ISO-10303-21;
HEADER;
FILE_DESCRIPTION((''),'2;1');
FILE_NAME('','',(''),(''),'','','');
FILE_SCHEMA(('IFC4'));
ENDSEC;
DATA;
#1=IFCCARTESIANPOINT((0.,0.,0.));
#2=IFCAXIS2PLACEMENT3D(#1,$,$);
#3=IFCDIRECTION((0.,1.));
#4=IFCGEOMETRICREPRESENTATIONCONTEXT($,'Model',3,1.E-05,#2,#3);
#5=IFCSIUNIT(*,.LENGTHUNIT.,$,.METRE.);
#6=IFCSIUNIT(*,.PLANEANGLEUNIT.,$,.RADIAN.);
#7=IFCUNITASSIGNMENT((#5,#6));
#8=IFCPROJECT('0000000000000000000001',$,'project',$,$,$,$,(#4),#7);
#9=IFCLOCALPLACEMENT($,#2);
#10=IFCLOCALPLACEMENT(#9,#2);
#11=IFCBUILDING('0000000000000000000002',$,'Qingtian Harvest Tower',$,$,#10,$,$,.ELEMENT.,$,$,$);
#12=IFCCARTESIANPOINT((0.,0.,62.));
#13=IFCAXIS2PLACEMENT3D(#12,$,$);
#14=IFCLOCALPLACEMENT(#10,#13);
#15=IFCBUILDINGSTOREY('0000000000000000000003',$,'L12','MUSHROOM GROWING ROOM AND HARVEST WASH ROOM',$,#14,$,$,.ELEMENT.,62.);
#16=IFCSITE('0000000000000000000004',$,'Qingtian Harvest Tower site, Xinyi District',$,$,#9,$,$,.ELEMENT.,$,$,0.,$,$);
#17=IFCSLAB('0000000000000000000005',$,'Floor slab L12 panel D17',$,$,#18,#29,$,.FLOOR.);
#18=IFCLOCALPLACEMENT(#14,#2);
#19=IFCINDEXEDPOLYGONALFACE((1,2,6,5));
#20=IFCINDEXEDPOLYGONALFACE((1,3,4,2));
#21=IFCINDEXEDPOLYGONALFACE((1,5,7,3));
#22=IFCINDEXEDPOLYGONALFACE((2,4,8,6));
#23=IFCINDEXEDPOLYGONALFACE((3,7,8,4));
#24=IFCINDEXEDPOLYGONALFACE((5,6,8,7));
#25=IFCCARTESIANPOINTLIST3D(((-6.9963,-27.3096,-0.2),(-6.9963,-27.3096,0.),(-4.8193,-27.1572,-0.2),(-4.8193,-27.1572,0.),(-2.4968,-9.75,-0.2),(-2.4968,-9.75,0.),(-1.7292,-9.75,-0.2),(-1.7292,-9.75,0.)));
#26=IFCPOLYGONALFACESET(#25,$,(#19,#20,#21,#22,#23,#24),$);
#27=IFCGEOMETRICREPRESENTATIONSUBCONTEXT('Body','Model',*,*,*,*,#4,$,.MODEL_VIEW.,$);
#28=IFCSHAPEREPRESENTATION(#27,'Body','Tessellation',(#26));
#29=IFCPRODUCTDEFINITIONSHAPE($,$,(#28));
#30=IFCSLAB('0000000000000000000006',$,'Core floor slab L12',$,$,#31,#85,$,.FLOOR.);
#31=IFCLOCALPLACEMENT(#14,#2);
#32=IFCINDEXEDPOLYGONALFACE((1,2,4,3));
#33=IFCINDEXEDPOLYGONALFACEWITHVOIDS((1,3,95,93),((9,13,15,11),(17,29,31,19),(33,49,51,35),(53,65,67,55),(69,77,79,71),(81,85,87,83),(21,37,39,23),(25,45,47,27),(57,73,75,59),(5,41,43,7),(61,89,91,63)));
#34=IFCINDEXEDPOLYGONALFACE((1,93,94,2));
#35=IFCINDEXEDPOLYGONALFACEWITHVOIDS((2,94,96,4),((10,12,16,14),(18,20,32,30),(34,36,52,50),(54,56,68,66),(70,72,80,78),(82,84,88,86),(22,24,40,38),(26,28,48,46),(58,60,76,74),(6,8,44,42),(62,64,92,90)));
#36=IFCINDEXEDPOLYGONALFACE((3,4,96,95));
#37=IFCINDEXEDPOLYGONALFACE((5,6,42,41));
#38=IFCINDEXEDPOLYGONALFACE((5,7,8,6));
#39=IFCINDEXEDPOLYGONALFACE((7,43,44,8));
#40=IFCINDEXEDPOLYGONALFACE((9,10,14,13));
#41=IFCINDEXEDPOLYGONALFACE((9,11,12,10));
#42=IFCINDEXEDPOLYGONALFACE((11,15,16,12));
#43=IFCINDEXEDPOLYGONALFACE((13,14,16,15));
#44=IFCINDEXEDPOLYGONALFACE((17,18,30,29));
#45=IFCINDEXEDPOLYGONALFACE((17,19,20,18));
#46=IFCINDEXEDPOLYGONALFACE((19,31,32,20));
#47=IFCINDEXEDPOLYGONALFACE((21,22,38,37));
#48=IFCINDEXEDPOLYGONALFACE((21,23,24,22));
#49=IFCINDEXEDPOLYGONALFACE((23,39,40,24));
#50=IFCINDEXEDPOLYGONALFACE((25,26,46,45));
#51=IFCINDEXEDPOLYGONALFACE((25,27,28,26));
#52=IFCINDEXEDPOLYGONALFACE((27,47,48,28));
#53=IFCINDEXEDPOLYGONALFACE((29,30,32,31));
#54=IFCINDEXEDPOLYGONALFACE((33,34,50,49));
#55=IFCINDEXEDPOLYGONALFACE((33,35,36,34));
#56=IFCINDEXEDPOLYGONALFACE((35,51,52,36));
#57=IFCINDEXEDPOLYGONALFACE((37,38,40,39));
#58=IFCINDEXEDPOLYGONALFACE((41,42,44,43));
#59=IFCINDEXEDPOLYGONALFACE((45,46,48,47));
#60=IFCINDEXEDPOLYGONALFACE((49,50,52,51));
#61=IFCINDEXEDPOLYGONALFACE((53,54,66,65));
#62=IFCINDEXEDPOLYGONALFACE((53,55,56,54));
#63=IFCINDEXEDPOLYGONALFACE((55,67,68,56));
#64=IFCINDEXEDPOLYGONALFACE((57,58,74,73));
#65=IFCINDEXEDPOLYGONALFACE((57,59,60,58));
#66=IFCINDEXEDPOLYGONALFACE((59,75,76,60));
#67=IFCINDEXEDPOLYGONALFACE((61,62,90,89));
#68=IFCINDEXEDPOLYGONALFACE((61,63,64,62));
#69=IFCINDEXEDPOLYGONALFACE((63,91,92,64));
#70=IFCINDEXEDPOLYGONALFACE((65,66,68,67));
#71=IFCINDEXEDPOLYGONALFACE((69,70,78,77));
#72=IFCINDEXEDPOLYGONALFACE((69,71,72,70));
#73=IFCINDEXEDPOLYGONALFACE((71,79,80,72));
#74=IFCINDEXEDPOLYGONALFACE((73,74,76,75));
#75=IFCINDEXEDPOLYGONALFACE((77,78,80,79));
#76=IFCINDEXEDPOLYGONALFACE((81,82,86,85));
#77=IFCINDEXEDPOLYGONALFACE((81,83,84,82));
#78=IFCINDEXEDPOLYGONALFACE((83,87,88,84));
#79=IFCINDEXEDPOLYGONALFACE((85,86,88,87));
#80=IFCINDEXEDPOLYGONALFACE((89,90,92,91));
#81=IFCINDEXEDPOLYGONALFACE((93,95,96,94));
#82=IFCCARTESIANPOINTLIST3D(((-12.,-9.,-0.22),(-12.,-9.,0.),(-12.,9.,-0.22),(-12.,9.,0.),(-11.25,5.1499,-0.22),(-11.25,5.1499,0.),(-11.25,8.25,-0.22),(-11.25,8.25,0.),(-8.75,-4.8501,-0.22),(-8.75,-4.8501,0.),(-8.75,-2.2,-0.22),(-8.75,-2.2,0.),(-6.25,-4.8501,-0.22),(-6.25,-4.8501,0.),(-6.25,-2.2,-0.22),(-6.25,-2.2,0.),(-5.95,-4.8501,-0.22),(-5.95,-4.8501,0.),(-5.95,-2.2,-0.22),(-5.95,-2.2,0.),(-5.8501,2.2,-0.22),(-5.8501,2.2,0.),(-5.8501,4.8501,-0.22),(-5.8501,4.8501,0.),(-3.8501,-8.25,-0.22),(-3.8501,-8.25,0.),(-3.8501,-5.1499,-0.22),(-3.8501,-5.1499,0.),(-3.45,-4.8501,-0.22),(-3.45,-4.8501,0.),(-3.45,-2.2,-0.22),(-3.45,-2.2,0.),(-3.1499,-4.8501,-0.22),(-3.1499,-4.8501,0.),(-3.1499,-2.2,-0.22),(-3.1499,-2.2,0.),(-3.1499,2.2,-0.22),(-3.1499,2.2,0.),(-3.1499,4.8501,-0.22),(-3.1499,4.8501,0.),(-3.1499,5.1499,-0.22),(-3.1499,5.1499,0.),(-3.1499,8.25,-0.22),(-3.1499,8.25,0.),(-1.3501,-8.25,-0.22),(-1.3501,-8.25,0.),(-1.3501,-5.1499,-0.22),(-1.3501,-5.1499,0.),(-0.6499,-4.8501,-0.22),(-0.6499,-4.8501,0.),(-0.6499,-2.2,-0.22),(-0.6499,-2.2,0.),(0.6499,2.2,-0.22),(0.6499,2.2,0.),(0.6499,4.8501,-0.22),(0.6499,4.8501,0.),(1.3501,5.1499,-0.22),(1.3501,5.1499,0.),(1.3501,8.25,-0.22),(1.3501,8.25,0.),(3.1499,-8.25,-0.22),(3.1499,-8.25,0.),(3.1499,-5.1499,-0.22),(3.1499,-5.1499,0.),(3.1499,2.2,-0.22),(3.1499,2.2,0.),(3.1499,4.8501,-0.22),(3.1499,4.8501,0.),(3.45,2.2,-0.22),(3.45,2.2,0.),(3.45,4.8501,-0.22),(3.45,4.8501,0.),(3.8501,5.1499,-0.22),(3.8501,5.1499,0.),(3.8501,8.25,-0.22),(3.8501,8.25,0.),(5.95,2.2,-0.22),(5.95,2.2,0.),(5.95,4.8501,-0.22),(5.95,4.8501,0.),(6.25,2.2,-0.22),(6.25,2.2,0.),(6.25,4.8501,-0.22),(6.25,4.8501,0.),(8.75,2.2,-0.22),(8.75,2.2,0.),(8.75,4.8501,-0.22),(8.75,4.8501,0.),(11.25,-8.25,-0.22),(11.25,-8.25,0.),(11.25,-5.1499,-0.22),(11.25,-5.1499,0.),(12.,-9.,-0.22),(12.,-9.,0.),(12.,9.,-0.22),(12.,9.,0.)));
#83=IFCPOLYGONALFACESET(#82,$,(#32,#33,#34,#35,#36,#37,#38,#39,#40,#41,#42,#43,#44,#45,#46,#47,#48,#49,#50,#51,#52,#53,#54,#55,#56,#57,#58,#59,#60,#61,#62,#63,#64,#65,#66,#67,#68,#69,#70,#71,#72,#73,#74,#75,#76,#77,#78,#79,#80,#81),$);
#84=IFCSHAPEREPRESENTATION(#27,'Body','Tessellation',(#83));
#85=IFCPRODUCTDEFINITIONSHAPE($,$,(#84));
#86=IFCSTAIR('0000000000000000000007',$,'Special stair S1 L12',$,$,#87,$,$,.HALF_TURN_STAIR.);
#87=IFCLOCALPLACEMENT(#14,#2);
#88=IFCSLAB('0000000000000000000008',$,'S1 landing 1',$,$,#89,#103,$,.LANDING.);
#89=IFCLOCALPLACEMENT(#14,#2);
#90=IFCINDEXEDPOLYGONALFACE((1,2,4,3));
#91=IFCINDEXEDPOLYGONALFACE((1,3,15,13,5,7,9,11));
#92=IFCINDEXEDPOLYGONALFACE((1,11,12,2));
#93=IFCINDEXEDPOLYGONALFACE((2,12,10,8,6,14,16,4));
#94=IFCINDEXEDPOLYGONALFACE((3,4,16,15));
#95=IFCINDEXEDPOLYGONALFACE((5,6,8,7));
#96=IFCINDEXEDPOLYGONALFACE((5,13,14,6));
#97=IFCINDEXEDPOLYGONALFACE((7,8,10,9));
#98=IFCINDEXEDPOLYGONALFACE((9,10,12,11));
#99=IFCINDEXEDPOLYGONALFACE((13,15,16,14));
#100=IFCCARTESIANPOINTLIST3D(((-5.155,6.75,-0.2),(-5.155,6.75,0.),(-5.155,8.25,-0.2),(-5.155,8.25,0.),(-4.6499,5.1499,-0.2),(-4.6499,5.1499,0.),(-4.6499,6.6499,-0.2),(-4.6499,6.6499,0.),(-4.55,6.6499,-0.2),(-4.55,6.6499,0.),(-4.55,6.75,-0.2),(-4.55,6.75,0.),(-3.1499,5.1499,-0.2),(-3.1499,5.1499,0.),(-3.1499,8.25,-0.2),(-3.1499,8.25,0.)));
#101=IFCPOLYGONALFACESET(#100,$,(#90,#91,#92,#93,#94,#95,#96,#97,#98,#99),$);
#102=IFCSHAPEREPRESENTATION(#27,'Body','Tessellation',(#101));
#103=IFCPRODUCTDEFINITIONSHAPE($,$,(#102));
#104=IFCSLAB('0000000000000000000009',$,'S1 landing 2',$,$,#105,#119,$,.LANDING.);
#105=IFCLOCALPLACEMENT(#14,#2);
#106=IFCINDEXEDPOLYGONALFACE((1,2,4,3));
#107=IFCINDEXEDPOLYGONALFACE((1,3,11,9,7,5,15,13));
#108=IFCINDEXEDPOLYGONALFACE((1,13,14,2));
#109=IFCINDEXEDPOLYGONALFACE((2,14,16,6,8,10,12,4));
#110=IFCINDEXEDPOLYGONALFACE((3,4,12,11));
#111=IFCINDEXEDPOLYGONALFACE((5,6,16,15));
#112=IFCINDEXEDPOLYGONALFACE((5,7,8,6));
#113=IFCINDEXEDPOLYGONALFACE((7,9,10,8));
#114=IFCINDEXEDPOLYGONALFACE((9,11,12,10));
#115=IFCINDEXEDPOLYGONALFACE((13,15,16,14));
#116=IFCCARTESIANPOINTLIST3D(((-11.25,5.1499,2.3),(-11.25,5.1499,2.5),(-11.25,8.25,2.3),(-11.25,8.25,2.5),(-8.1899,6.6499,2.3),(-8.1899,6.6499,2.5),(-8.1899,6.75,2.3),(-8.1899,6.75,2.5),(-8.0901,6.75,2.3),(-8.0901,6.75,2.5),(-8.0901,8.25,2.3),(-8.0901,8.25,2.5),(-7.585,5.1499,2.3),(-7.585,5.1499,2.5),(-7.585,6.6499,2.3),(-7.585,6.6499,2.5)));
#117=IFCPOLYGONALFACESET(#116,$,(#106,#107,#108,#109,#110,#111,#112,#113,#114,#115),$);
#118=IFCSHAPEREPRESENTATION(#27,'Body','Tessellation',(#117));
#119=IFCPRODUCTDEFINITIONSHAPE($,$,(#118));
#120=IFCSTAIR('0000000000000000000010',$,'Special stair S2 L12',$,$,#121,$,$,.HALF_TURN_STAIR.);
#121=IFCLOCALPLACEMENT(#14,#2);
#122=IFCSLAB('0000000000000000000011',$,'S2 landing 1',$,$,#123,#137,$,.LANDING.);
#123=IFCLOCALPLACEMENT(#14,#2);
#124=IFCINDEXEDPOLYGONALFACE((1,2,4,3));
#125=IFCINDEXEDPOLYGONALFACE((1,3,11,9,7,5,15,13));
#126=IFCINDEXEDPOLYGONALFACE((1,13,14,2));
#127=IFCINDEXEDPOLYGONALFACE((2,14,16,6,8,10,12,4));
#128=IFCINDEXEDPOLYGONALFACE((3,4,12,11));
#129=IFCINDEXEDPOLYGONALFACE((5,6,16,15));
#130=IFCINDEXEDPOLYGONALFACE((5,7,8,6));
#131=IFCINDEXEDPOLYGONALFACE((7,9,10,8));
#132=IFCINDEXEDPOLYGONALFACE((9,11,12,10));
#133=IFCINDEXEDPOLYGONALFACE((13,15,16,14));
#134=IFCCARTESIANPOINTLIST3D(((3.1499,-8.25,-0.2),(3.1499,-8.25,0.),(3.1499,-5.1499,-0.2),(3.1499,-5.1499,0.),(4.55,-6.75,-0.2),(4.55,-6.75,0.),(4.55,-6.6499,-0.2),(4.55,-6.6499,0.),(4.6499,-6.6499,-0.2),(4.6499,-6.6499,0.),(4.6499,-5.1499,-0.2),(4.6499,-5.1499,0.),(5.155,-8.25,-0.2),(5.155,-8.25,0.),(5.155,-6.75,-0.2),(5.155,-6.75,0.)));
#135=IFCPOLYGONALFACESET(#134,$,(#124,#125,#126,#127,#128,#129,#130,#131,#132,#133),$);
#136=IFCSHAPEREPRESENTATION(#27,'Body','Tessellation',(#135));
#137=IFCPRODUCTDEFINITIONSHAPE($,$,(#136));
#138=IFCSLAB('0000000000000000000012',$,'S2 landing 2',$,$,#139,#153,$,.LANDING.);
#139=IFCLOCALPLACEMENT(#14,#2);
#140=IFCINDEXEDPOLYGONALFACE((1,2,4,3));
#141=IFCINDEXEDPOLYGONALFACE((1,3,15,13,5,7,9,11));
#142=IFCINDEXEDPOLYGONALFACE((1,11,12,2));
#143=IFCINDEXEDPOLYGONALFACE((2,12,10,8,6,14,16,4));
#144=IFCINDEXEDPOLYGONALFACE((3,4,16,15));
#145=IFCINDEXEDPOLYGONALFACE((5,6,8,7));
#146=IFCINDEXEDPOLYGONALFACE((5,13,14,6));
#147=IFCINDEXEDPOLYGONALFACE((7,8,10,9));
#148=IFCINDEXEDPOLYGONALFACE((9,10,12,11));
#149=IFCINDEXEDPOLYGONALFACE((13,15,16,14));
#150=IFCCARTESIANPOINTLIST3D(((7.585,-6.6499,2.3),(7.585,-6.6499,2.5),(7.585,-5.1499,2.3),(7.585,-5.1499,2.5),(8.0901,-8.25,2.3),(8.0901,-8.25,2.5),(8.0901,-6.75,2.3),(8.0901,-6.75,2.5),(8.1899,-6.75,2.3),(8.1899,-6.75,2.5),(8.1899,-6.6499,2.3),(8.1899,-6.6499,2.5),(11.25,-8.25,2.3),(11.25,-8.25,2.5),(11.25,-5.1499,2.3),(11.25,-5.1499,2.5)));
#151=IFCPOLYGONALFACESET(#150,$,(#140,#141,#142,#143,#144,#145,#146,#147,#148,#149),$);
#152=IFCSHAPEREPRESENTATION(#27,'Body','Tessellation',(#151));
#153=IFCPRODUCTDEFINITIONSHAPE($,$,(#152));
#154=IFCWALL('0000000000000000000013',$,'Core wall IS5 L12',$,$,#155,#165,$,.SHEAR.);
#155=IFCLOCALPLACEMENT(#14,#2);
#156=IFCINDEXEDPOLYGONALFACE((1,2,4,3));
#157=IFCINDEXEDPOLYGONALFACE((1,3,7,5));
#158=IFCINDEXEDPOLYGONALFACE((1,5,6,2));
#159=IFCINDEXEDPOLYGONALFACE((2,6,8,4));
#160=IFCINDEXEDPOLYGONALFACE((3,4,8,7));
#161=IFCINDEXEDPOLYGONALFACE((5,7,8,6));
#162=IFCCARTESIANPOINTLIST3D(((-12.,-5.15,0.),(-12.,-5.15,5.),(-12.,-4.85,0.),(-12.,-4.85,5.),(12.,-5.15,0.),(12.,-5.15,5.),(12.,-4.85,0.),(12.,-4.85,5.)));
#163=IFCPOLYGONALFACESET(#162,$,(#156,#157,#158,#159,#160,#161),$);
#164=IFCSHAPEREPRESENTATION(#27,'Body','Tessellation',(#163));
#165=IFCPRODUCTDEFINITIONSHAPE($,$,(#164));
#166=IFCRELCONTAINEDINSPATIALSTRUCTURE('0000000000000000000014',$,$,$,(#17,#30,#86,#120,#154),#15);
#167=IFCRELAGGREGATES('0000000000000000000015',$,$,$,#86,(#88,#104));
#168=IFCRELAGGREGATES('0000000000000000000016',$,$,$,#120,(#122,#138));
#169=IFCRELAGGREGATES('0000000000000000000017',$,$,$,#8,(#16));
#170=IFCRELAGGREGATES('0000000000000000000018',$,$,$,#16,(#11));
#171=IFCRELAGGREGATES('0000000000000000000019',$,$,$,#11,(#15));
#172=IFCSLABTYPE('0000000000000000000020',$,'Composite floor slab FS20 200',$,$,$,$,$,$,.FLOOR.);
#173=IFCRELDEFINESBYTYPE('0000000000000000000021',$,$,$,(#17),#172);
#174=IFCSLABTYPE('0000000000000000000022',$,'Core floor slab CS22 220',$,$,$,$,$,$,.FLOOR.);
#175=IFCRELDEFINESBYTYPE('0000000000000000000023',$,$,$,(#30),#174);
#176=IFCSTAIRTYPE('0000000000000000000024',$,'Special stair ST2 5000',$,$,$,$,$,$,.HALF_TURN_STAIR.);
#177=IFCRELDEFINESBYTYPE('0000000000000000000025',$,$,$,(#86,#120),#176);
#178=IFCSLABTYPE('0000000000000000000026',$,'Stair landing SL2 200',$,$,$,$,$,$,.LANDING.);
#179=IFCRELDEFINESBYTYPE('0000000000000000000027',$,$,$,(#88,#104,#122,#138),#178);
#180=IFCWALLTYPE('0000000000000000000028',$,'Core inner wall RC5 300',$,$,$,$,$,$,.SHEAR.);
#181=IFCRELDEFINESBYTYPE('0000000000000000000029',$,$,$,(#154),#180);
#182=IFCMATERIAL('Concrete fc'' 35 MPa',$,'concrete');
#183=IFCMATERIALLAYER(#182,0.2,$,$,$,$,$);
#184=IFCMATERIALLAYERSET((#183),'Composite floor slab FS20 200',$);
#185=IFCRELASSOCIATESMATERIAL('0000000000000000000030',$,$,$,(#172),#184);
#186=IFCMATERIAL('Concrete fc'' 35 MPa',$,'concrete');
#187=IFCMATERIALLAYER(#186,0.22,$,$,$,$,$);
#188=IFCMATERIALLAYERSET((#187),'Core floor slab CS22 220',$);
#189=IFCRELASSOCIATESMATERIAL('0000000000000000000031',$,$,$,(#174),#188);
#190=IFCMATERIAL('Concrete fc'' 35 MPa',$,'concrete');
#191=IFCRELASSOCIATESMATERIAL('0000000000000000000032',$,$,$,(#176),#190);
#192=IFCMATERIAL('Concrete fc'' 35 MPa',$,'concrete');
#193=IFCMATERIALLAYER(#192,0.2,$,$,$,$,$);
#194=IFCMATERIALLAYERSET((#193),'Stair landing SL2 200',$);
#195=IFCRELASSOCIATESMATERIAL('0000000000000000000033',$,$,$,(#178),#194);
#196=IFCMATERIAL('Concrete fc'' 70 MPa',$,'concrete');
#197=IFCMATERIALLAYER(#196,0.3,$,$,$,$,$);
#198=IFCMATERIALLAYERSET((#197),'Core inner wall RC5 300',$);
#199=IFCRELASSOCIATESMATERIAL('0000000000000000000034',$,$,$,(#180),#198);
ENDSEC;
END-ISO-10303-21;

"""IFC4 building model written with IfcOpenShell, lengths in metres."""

from ifc_helpers import new_model, si_unit, direction, frame, frame_2d, origin, place, context, subcontext, project, spatial, polyline, rectangle, outline, extrude, material, layer, layer_set, type_object, element, aggregate, save


model = new_model("IFC4")

# Units and contexts
model_context = context("Model", 3, precision=1e-05, world=origin(), true_north=direction((0.0, 1.0)))
body_context = subcontext(model_context, "Body", "Model", "MODEL_VIEW")
ifc_project = project(units=[si_unit("LENGTHUNIT", "METRE"), si_unit("PLANEANGLEUNIT", "RADIAN")], contexts=[model_context])

# Site, building, storey
site_placement = place(None, origin())
site = spatial("IfcSite", under=ifc_project, at=site_placement, Name="Qingtian Harvest Tower site, Xinyi District", CompositionType="ELEMENT", RefElevation=0.0)
building_placement = place(site_placement, origin())
building = spatial("IfcBuilding", under=site, at=building_placement, Name="Qingtian Harvest Tower", CompositionType="ELEMENT")
storey_placement = place(building_placement, frame((0.0, 0.0, 62.0)))
storey = spatial("IfcBuildingStorey", under=building, at=storey_placement, Name="L12", Description="MUSHROOM GROWING ROOM AND HARVEST WASH ROOM", CompositionType="ELEMENT", Elevation=62.0)

# Slabs
ifc_material_1 = material(Name="Concrete fc' 35 MPa", Category="concrete")
ifc_layer_1 = layer(ifc_material_1, 0.2)
ifc_layer_set_1 = layer_set([ifc_layer_1], Name="Composite floor slab FS20 200")
slab_type_1 = type_object("IfcSlabType", Name="Composite floor slab FS20 200", PredefinedType="FLOOR", material=ifc_layer_set_1)
slab_1_placement = place(storey_placement, frame((0.0, 0.0, -0.2)))
element("IfcSlab", 1, at=slab_1_placement, inside=storey, type_object=slab_type_1, Name="Floor slab L12 panel D17", PredefinedType="FLOOR", context=body_context, shape_type="SweptSolid", body=[
    extrude(outline(polyline([(-1.7292, -9.75), (-4.8193, -27.1572), (-6.9963, -27.3096), (-2.4968, -9.75), (-1.7292, -9.75)])), origin(), (0.0, 0.0, 1.0), 0.2),
])
ifc_material_2 = material(Name="Concrete fc' 35 MPa", Category="concrete")
ifc_layer_2 = layer(ifc_material_2, 0.22)
ifc_layer_set_2 = layer_set([ifc_layer_2], Name="Core floor slab CS22 220")
slab_type_2 = type_object("IfcSlabType", Name="Core floor slab CS22 220", PredefinedType="FLOOR", material=ifc_layer_set_2)
slab_2_placement = place(storey_placement, frame((0.0, 0.0, -0.22)))
element("IfcSlab", 2, at=slab_2_placement, inside=storey, type_object=slab_type_2, Name="Core floor slab L12", PredefinedType="FLOOR", context=body_context, shape_type="SweptSolid", body=[
    extrude(outline(polyline([(-12.0, -9.0), (12.0, -9.0), (12.0, 9.0), (-12.0, 9.0), (-12.0, -9.0)]), holes=[polyline([(-11.25, 5.1499), (-3.1499, 5.1499), (-3.1499, 8.25), (-11.25, 8.25), (-11.25, 5.1499)]), polyline([(3.1499, -8.25), (11.25, -8.25), (11.25, -5.1499), (3.1499, -5.1499), (3.1499, -8.25)]), polyline([(1.3501, 5.1499), (3.8501, 5.1499), (3.8501, 8.25), (1.3501, 8.25), (1.3501, 5.1499)]), polyline([(-3.8501, -8.25), (-1.3501, -8.25), (-1.3501, -5.1499), (-3.8501, -5.1499), (-3.8501, -8.25)]), polyline([(-5.8501, 2.2), (-3.1499, 2.2), (-3.1499, 4.8501), (-5.8501, 4.8501), (-5.8501, 2.2)]), polyline([(0.6499, 2.2), (3.1499, 2.2), (3.1499, 4.8501), (0.6499, 4.8501), (0.6499, 2.2)]), polyline([(3.45, 2.2), (5.95, 2.2), (5.95, 4.8501), (3.45, 4.8501), (3.45, 2.2)]), polyline([(6.25, 2.2), (8.75, 2.2), (8.75, 4.8501), (6.25, 4.8501), (6.25, 2.2)]), polyline([(-8.75, -4.8501), (-6.25, -4.8501), (-6.25, -2.2), (-8.75, -2.2), (-8.75, -4.8501)]), polyline([(-5.95, -4.8501), (-3.45, -4.8501), (-3.45, -2.2), (-5.95, -2.2), (-5.95, -4.8501)]), polyline([(-3.1499, -4.8501), (-0.6499, -4.8501), (-0.6499, -2.2), (-3.1499, -2.2), (-3.1499, -4.8501)])]), origin(), (0.0, 0.0, 1.0), 0.22),
])

# Stairs, slabs
ifc_material_3 = material(Name="Concrete fc' 35 MPa", Category="concrete")
stair_type = type_object("IfcStairType", Name="Special stair ST2 5000", PredefinedType="HALF_TURN_STAIR", material=ifc_material_3)
stair_1_placement = place(storey_placement, origin())
stair_1 = element("IfcStair", 3, at=stair_1_placement, inside=storey, type_object=stair_type, Name="Special stair S1 L12", PredefinedType="HALF_TURN_STAIR")
ifc_material_4 = material(Name="Concrete fc' 35 MPa", Category="concrete")
ifc_layer_3 = layer(ifc_material_4, 0.2)
ifc_layer_set_3 = layer_set([ifc_layer_3], Name="Stair landing SL2 200")
slab_type_3 = type_object("IfcSlabType", Name="Stair landing SL2 200", PredefinedType="LANDING", material=ifc_layer_set_3)
slab_3_placement = place(storey_placement, frame((0.0, 0.0, -0.2)))
slab_3 = element("IfcSlab", 4, at=slab_3_placement, type_object=slab_type_3, Name="S1 landing 1", PredefinedType="LANDING", context=body_context, shape_type="SweptSolid", body=[
    extrude(outline(polyline([(-4.6499, 5.1499), (-4.6499, 6.6499), (-4.55, 6.6499), (-4.55, 6.75), (-5.155, 6.75), (-5.155, 8.25), (-3.1499, 8.25), (-3.1499, 5.1499), (-4.6499, 5.1499)])), origin(), (0.0, 0.0, 1.0), 0.2),
])
slab_4_placement = place(storey_placement, frame((0.0, 0.0, 2.3)))
slab_4 = element("IfcSlab", 5, at=slab_4_placement, type_object=slab_type_3, Name="S1 landing 2", PredefinedType="LANDING", context=body_context, shape_type="SweptSolid", body=[
    extrude(outline(polyline([(-7.585, 5.1499), (-11.25, 5.1499), (-11.25, 8.25), (-8.0901, 8.25), (-8.0901, 6.75), (-8.1899, 6.75), (-8.1899, 6.6499), (-7.585, 6.6499), (-7.585, 5.1499)])), origin(), (0.0, 0.0, 1.0), 0.2),
])
aggregate(stair_1, [slab_3, slab_4])
stair_2_placement = place(storey_placement, origin())
stair_2 = element("IfcStair", 6, at=stair_2_placement, inside=storey, type_object=stair_type, Name="Special stair S2 L12", PredefinedType="HALF_TURN_STAIR")
slab_5_placement = place(storey_placement, frame((0.0, 0.0, -0.2)))
slab_5 = element("IfcSlab", 7, at=slab_5_placement, type_object=slab_type_3, Name="S2 landing 1", PredefinedType="LANDING", context=body_context, shape_type="SweptSolid", body=[
    extrude(outline(polyline([(5.155, -8.25), (3.1499, -8.25), (3.1499, -5.1499), (4.6499, -5.1499), (4.6499, -6.6499), (4.55, -6.6499), (4.55, -6.75), (5.155, -6.75), (5.155, -8.25)])), origin(), (0.0, 0.0, 1.0), 0.2),
])
slab_6_placement = place(storey_placement, frame((0.0, 0.0, 2.3)))
slab_6 = element("IfcSlab", 8, at=slab_6_placement, type_object=slab_type_3, Name="S2 landing 2", PredefinedType="LANDING", context=body_context, shape_type="SweptSolid", body=[
    extrude(outline(polyline([(8.0901, -8.25), (8.0901, -6.75), (8.1899, -6.75), (8.1899, -6.6499), (7.585, -6.6499), (7.585, -5.1499), (11.25, -5.1499), (11.25, -8.25), (8.0901, -8.25)])), origin(), (0.0, 0.0, 1.0), 0.2),
])
aggregate(stair_2, [slab_5, slab_6])

# Wall
ifc_material_5 = material(Name="Concrete fc' 70 MPa", Category="concrete")
ifc_layer_4 = layer(ifc_material_5, 0.3)
ifc_layer_set_4 = layer_set([ifc_layer_4], Name="Core inner wall RC5 300")
wall_type_1 = type_object("IfcWallType", Name="Core inner wall RC5 300", PredefinedType="SHEAR", material=ifc_layer_set_4)
wall_1_placement = place(storey_placement, frame((-12.0, -5.0, 0.0), z_axis=(0.0, 0.0, 1.0), x_axis=(1.0, 0.0, 0.0)))
element("IfcWall", 9, at=wall_1_placement, inside=storey, type_object=wall_type_1, Name="Core wall IS5 L12", PredefinedType="SHEAR", context=body_context, shape_type="SweptSolid", body=[
    extrude(rectangle(XDim=24.0, YDim=0.3, at=frame_2d((12.0, 0.0))), origin(), (0.0, 0.0, 1.0), 5.0),
])

save(model, "model.ifc")
